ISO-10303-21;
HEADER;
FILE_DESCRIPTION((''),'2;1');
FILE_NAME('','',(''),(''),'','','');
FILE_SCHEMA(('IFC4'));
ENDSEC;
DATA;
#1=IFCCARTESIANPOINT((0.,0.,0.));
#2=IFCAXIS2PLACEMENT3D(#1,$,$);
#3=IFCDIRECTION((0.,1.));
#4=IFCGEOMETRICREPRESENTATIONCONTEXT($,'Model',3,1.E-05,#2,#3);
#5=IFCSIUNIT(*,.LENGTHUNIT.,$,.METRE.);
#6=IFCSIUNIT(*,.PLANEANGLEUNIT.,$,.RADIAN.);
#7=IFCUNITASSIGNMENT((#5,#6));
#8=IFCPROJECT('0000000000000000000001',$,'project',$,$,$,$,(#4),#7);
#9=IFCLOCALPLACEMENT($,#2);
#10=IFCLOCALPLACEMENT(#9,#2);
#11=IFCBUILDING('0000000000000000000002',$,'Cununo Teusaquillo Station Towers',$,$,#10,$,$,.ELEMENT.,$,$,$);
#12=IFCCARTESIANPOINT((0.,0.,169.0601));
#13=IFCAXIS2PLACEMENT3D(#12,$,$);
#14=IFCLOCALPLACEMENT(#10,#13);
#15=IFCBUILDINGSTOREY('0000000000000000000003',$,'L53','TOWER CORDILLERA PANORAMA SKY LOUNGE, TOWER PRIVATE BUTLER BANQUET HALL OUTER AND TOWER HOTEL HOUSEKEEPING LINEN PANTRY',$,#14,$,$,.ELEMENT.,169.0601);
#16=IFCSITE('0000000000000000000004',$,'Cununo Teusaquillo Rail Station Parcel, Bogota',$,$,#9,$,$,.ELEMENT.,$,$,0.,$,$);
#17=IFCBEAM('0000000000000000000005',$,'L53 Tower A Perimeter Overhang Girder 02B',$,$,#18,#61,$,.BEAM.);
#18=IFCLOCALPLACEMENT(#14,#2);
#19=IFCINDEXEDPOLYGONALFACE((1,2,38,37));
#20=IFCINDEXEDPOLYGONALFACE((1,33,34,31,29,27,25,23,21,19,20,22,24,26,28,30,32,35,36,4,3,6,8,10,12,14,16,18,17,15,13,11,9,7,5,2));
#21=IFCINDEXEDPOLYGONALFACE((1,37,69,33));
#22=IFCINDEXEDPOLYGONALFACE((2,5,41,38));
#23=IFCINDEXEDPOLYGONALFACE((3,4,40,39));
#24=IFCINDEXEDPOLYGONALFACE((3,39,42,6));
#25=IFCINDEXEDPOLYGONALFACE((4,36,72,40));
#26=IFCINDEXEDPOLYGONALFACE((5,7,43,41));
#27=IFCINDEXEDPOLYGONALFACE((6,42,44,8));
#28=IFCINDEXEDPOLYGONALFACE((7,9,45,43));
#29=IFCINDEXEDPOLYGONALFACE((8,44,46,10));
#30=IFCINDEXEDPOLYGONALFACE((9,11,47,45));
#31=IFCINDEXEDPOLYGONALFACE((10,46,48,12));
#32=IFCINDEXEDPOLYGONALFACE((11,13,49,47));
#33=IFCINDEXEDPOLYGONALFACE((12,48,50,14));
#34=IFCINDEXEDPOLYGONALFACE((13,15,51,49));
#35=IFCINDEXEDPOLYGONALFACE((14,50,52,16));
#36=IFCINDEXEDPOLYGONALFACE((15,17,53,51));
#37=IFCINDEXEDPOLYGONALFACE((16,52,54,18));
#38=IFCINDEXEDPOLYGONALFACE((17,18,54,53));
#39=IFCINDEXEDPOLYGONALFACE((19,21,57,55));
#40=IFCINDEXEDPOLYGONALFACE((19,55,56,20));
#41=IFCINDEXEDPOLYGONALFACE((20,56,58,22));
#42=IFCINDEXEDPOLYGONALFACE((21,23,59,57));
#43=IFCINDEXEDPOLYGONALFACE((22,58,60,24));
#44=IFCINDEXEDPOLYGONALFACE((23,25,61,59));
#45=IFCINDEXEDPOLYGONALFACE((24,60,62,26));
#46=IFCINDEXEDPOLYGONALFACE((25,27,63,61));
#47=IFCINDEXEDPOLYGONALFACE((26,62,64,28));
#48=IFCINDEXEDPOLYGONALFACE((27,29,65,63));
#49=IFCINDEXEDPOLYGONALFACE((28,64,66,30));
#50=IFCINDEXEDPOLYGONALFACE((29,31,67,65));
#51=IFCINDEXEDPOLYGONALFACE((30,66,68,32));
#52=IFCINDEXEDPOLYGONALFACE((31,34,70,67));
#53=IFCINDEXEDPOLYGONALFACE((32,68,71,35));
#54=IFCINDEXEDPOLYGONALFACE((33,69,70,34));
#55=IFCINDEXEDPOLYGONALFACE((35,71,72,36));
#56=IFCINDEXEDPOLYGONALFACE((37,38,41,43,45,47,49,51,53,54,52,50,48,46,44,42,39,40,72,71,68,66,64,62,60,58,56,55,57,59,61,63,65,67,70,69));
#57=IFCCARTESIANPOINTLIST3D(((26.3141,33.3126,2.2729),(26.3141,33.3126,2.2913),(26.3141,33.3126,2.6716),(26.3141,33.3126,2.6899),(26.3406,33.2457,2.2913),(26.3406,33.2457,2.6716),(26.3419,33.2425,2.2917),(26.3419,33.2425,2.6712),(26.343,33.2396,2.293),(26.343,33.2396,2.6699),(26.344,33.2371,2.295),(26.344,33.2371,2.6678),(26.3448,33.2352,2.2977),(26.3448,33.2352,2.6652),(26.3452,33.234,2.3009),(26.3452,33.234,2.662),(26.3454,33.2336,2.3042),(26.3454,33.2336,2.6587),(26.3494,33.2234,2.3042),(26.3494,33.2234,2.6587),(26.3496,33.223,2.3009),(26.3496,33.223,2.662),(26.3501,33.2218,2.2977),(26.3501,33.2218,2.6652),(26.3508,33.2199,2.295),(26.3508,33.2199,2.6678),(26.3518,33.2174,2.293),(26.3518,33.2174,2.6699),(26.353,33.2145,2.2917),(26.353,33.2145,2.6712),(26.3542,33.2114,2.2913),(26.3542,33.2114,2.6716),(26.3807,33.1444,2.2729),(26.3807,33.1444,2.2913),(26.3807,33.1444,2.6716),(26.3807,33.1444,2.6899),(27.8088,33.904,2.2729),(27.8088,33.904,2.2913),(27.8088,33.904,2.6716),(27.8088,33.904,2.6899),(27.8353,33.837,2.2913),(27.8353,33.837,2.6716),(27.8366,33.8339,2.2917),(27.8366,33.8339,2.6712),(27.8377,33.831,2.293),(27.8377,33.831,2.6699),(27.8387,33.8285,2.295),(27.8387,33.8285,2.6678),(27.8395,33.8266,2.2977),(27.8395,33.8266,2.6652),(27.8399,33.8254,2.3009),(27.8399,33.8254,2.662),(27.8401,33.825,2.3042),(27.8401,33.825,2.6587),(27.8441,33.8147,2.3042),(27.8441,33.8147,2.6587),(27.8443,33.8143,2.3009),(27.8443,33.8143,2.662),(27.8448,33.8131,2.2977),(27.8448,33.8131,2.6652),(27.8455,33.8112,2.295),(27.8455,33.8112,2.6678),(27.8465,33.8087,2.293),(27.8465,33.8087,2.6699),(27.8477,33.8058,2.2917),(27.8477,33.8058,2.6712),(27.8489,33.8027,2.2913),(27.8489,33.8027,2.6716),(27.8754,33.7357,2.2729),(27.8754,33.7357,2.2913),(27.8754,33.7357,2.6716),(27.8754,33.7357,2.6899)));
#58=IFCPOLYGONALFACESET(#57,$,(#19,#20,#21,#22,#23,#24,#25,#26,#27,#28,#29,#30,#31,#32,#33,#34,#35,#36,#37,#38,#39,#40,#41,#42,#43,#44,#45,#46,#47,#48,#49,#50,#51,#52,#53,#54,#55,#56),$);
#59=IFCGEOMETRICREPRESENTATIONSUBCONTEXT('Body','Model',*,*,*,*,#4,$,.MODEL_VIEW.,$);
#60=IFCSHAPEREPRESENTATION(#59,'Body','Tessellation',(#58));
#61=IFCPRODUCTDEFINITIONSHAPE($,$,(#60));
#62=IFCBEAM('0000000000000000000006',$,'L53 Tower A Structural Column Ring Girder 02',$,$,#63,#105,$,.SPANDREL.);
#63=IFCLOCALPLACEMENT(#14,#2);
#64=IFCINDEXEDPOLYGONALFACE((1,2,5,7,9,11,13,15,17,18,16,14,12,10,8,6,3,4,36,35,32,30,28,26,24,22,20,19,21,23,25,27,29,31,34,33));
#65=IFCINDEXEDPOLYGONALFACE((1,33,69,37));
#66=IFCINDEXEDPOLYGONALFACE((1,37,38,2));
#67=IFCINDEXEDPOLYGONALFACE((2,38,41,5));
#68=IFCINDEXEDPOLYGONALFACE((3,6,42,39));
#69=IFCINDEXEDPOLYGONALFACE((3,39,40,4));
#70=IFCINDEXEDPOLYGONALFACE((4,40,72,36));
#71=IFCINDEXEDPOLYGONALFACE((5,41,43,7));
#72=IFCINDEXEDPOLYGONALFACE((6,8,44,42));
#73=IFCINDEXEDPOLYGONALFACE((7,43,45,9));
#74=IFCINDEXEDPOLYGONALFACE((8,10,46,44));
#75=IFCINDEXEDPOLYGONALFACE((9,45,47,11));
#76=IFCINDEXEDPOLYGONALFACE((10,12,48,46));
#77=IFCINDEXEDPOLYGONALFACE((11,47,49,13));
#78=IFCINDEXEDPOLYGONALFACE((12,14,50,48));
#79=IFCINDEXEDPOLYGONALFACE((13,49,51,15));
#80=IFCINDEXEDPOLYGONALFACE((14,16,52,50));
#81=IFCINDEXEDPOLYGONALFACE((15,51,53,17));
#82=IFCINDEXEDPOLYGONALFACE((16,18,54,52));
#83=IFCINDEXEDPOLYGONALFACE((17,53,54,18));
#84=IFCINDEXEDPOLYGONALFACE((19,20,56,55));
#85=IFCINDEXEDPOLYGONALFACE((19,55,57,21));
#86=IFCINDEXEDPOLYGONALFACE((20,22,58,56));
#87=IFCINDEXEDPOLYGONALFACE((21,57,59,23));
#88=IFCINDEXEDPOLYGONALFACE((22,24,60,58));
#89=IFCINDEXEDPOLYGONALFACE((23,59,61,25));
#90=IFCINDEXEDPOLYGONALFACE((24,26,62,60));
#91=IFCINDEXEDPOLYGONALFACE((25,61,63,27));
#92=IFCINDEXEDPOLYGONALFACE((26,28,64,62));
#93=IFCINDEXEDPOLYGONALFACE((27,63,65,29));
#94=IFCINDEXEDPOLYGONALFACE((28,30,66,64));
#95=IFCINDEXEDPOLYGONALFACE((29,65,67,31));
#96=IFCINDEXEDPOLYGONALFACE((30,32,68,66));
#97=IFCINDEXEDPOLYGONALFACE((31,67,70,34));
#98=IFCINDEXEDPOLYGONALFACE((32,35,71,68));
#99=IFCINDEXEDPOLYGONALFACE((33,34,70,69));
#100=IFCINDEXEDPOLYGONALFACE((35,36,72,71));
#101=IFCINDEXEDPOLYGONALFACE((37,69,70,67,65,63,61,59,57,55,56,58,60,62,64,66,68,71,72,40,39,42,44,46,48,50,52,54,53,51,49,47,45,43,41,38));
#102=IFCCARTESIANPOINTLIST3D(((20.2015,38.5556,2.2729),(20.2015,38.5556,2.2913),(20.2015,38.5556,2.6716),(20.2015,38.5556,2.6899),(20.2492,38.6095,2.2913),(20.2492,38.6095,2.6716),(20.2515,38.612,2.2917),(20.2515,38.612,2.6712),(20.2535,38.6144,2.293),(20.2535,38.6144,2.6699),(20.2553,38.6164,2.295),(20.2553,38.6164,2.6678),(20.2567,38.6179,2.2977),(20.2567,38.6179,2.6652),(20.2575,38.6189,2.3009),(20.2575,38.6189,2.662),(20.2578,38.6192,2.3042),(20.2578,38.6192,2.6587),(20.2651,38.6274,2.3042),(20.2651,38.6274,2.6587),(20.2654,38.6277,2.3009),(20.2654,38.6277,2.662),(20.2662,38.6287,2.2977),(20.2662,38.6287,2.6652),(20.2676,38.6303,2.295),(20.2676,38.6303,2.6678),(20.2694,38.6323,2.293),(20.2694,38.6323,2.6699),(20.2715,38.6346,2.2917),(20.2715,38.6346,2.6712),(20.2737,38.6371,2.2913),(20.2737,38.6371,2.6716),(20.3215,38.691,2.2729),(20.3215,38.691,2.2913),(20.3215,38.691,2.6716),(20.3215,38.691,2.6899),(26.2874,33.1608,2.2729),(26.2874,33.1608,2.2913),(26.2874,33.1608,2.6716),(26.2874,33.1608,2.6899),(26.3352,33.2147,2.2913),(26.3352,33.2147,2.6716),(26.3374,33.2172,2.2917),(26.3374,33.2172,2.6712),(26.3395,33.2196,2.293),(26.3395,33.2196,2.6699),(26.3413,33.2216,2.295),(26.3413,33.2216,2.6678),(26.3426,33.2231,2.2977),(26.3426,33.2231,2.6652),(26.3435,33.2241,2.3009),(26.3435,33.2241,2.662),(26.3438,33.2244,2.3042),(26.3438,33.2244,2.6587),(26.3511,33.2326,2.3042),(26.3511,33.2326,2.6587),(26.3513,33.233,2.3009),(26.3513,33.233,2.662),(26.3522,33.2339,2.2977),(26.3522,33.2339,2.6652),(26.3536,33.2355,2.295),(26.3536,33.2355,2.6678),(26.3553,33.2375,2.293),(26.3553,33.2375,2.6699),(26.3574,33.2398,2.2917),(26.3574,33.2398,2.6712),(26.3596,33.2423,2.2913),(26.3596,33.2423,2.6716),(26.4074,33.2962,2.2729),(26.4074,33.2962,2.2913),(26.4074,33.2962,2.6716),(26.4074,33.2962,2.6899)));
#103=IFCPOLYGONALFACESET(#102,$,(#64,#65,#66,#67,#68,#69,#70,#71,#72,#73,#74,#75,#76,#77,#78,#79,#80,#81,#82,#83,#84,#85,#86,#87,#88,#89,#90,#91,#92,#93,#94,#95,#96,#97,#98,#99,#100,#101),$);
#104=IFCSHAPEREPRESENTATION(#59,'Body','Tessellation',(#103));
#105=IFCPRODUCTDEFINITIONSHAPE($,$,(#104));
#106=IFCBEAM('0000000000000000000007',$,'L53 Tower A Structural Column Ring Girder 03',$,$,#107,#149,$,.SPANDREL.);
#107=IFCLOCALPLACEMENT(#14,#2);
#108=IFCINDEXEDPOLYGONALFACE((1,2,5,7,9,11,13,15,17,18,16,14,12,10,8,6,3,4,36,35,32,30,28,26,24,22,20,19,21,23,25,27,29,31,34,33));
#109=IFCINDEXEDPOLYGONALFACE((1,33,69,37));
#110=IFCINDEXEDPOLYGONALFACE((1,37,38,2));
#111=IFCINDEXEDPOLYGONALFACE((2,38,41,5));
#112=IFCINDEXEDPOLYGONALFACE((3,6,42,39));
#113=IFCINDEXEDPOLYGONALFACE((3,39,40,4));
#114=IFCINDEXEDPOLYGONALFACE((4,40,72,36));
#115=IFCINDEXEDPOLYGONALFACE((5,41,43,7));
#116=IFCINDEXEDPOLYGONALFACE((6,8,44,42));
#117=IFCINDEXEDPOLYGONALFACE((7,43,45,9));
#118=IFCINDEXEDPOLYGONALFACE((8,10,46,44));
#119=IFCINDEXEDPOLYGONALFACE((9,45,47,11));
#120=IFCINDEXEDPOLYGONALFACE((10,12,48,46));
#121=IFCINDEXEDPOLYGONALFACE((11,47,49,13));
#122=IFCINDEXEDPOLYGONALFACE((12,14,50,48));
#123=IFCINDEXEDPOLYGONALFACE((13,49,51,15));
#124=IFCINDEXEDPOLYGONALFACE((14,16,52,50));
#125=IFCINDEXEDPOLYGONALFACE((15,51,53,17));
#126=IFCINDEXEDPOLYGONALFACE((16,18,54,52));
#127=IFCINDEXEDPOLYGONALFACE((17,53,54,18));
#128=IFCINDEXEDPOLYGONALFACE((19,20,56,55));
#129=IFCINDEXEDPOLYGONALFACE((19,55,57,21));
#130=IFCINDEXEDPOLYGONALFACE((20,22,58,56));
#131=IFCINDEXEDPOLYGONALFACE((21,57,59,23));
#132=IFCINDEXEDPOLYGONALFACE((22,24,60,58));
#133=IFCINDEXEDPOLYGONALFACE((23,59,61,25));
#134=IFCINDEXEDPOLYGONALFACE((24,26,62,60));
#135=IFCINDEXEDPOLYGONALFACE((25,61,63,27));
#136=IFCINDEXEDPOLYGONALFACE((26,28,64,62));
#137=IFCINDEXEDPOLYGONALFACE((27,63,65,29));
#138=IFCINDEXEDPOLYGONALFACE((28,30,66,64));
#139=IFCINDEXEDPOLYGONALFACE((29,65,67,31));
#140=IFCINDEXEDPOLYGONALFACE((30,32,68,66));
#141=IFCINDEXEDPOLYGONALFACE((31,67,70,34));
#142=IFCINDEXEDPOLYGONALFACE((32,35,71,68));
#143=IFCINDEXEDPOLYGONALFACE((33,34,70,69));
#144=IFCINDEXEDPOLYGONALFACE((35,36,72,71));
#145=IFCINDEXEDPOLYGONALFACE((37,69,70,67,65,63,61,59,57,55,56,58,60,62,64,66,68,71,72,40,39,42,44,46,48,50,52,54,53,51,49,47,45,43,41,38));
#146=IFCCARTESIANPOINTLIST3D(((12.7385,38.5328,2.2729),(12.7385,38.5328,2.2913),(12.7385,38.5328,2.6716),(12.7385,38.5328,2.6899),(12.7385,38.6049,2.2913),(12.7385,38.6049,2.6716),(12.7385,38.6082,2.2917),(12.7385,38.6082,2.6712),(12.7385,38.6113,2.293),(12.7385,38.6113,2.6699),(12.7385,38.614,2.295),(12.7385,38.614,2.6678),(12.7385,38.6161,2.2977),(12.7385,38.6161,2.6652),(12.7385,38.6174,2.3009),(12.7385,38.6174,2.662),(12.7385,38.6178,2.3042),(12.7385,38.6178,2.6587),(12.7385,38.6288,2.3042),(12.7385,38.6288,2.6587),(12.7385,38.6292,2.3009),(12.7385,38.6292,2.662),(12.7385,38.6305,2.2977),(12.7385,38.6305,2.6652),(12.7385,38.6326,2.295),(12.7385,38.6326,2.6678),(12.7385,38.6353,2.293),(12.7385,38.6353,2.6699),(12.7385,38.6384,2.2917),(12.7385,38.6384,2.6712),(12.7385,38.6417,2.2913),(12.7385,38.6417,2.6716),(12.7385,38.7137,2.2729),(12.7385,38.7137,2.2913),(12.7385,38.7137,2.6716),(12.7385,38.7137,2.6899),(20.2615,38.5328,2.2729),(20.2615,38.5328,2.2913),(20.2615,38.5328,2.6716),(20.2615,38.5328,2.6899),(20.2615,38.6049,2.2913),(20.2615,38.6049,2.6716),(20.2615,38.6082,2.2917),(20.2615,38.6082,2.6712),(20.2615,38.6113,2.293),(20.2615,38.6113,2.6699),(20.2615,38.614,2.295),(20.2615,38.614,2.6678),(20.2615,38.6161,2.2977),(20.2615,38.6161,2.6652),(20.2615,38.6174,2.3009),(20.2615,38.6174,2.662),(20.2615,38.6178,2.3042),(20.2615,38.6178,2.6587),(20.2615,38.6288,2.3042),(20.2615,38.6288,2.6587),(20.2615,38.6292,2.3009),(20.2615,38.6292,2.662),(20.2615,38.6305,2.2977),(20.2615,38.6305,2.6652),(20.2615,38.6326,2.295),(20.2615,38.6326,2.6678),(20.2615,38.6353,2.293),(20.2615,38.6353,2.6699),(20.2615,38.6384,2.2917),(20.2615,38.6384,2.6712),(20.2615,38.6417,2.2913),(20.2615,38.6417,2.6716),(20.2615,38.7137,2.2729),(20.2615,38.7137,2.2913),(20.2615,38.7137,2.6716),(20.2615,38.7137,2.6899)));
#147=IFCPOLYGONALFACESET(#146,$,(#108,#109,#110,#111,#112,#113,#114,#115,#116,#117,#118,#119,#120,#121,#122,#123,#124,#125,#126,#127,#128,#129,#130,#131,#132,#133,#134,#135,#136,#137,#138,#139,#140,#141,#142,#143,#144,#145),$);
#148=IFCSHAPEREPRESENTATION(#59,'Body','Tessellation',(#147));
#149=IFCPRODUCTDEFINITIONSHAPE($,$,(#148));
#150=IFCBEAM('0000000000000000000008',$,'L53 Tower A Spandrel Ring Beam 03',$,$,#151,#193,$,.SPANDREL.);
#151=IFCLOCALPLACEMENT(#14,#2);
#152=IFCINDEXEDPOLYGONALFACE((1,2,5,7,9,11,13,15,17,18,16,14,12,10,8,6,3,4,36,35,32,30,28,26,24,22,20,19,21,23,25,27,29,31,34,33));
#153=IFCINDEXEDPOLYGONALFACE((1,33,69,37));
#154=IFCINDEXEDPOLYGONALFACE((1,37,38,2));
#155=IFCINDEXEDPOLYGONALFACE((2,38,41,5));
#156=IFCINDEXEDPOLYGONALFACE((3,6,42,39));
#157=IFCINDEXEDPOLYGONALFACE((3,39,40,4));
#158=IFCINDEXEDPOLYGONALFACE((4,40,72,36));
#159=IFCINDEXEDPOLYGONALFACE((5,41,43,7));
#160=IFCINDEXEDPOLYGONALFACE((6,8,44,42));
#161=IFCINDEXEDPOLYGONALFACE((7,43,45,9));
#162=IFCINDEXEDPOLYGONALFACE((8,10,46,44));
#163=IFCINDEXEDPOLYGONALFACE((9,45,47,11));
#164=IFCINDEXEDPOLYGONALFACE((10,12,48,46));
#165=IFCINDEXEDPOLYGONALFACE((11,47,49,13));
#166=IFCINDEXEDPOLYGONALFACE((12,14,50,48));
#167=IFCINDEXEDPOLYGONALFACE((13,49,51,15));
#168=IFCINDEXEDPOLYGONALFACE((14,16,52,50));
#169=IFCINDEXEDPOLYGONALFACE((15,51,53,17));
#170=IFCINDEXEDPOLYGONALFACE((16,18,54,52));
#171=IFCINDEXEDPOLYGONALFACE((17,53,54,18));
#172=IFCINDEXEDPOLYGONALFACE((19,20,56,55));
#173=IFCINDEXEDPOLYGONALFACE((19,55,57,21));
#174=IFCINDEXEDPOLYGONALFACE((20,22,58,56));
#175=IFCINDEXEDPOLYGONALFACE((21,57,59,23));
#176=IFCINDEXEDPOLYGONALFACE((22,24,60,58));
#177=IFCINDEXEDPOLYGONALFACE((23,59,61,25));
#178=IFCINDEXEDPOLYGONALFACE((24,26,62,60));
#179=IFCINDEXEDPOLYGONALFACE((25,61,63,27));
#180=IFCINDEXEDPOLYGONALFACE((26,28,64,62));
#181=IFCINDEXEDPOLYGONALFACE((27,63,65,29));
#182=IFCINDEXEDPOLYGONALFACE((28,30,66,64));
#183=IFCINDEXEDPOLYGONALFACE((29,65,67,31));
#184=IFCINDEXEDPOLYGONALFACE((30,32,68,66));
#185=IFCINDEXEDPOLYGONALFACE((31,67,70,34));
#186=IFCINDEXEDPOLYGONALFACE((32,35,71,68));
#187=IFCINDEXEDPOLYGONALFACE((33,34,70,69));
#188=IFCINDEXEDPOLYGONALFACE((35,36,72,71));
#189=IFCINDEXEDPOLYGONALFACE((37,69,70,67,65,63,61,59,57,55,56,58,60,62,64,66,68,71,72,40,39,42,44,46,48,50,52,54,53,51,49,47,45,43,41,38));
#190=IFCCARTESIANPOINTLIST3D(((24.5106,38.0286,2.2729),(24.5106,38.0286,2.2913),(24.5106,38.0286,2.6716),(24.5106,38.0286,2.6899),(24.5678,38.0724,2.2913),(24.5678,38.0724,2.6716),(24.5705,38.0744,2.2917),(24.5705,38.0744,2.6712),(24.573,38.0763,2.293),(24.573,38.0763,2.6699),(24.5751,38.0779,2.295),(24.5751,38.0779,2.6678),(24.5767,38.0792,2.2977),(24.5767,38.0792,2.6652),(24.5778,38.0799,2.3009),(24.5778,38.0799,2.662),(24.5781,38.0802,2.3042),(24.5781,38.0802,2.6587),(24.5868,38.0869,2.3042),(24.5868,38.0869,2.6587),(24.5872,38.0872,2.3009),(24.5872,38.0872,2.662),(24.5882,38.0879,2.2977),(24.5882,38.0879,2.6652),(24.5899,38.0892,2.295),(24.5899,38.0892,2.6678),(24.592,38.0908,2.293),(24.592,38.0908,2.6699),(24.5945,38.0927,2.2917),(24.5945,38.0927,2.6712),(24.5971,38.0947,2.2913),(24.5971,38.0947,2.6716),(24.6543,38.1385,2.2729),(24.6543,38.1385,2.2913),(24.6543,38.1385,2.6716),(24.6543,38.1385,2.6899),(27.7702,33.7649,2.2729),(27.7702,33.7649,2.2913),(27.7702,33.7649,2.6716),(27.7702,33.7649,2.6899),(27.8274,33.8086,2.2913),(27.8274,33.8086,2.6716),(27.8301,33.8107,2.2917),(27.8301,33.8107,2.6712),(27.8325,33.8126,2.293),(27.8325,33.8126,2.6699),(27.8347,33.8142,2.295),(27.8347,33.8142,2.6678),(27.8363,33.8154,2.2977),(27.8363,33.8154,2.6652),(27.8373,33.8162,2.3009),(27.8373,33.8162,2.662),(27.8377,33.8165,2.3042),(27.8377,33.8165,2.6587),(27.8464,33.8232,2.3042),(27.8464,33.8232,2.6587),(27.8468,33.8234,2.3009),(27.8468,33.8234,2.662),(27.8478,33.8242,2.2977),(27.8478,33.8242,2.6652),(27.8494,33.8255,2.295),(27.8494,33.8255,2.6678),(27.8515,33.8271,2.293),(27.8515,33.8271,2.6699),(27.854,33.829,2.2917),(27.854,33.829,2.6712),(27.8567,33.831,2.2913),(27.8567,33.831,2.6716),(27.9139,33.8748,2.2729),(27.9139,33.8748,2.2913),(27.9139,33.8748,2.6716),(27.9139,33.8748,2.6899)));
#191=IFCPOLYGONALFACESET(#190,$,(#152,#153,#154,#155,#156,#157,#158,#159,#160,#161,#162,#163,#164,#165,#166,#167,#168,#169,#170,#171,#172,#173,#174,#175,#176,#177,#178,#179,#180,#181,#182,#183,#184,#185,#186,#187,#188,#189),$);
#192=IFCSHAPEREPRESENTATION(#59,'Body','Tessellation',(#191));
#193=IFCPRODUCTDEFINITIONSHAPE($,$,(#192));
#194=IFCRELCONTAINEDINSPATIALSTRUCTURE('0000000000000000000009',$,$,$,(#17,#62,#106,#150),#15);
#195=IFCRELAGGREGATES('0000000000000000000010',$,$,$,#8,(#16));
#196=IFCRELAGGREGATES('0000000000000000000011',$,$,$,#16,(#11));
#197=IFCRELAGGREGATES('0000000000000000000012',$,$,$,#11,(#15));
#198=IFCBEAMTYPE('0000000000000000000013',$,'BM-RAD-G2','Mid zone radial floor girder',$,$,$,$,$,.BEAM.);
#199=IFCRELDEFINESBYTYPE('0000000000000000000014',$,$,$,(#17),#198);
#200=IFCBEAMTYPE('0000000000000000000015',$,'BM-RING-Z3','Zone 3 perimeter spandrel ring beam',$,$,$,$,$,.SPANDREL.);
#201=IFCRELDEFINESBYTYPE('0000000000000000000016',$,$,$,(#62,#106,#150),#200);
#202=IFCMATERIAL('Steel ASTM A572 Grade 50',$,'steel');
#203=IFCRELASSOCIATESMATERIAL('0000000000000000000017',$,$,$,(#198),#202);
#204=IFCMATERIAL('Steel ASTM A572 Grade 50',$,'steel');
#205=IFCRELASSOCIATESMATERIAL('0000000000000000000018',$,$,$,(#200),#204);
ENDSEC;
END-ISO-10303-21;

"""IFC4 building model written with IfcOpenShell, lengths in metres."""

from ifc_helpers import new_model, si_unit, direction, frame, origin, origin_2d, place, context, subcontext, project, spatial, i_section, extrude, material, material_profile, profile_set, type_object, element, save


model = new_model("IFC4")

# Units and contexts
model_context = context("Model", 3, precision=1e-05, world=origin(), true_north=direction((0.0, 1.0)))
body_context = subcontext(model_context, "Body", "Model", "MODEL_VIEW")
ifc_project = project(units=[si_unit("LENGTHUNIT", "METRE"), si_unit("PLANEANGLEUNIT", "RADIAN")], contexts=[model_context])

# Site, building, storey
site_placement = place(None, origin())
site = spatial("IfcSite", under=ifc_project, at=site_placement, Name="Cununo Teusaquillo Rail Station Parcel, Bogota", CompositionType="ELEMENT", RefElevation=0.0)
building_placement = place(site_placement, origin())
building = spatial("IfcBuilding", under=site, at=building_placement, Name="Cununo Teusaquillo Station Towers", CompositionType="ELEMENT")
storey_placement = place(building_placement, frame((0.0, 0.0, 169.0601)))
storey = spatial("IfcBuildingStorey", under=building, at=storey_placement, Name="L53", Description="TOWER CORDILLERA PANORAMA SKY LOUNGE, TOWER PRIVATE BUTLER BANQUET HALL OUTER AND TOWER HOTEL HOUSEKEEPING LINEN PANTRY", CompositionType="ELEMENT", Elevation=169.0601)

# Beams
ifc_material_1 = material(Name="Steel ASTM A572 Grade 50", Category="steel")
ifc_material_profile_1 = material_profile(ifc_material_1, i_section(OverallWidth=0.1809, OverallDepth=0.417, WebThickness=0.011, FlangeThickness=0.0183, FilletRadius=0.0129, at=origin_2d()), Name="W16X57")
ifc_profile_set_1 = profile_set([ifc_material_profile_1], Name="Steel ASTM A572 Grade 50")
beam_type_1 = type_object("IfcBeamType", Name="BM-RAD-G2", Description="Mid zone radial floor girder", PredefinedType="BEAM", material=ifc_profile_set_1)
beam_1_placement = place(storey_placement, frame((26.3474, 33.2285, 2.4814), z_axis=(0.929874, 0.367879, 0.0), x_axis=(-0.367879, 0.929874, 0.0)))
element("IfcBeam", 1, at=beam_1_placement, inside=storey, type_object=beam_type_1, Name="L53 Tower A Perimeter Overhang Girder 02B", PredefinedType="BEAM", context=body_context, shape_type="SweptSolid", body=[
    extrude(i_section(OverallWidth=0.1809, OverallDepth=0.417, WebThickness=0.011, FlangeThickness=0.0183, FilletRadius=0.0129, at=origin_2d()), origin(), (0.0, 0.0, 1.0), 1.6074),
])
ifc_material_2 = material(Name="Steel ASTM A572 Grade 50", Category="steel")
ifc_material_profile_2 = material_profile(ifc_material_2, i_section(OverallWidth=0.1809, OverallDepth=0.417, WebThickness=0.011, FlangeThickness=0.0183, FilletRadius=0.0129, at=origin_2d()), Name="W16X57")
ifc_profile_set_2 = profile_set([ifc_material_profile_2], Name="Steel ASTM A572 Grade 50")
beam_type_2 = type_object("IfcBeamType", Name="BM-RING-Z3", Description="Zone 3 perimeter spandrel ring beam", PredefinedType="SPANDREL", material=ifc_profile_set_2)
beam_2_placement = place(storey_placement, frame((26.3474, 33.2285, 2.4814), z_axis=(-0.748321, 0.663337, 0.0), x_axis=(-0.663337, -0.748321, 0.0)))
element("IfcBeam", 2, at=beam_2_placement, inside=storey, type_object=beam_type_2, Name="L53 Tower A Structural Column Ring Girder 02", PredefinedType="SPANDREL", context=body_context, shape_type="SweptSolid", body=[
    extrude(i_section(OverallWidth=0.1809, OverallDepth=0.417, WebThickness=0.011, FlangeThickness=0.0183, FilletRadius=0.0129, at=origin_2d()), origin(), (0.0, 0.0, 1.0), 8.1328),
])
beam_3_placement = place(storey_placement, frame((20.2615, 38.6233, 2.4814), z_axis=(-1.0, 0.0, 0.0), x_axis=(0.0, -1.0, 0.0)))
element("IfcBeam", 3, at=beam_3_placement, inside=storey, type_object=beam_type_2, Name="L53 Tower A Structural Column Ring Girder 03", PredefinedType="SPANDREL", context=body_context, shape_type="SweptSolid", body=[
    extrude(i_section(OverallWidth=0.1809, OverallDepth=0.417, WebThickness=0.011, FlangeThickness=0.0183, FilletRadius=0.0129, at=origin_2d()), origin(), (0.0, 0.0, 1.0), 7.5229),
])
beam_4_placement = place(storey_placement, frame((27.842, 33.8198, 2.4814), z_axis=(-0.60734, 0.794442, 0.0), x_axis=(-0.794442, -0.60734, 0.0)))
element("IfcBeam", 4, at=beam_4_placement, inside=storey, type_object=beam_type_2, Name="L53 Tower A Spandrel Ring Beam 03", PredefinedType="SPANDREL", context=body_context, shape_type="SweptSolid", body=[
    extrude(i_section(OverallWidth=0.1809, OverallDepth=0.417, WebThickness=0.011, FlangeThickness=0.0183, FilletRadius=0.0129, at=origin_2d()), origin(), (0.0, 0.0, 1.0), 5.3669),
])

save(model, "model.ifc")
